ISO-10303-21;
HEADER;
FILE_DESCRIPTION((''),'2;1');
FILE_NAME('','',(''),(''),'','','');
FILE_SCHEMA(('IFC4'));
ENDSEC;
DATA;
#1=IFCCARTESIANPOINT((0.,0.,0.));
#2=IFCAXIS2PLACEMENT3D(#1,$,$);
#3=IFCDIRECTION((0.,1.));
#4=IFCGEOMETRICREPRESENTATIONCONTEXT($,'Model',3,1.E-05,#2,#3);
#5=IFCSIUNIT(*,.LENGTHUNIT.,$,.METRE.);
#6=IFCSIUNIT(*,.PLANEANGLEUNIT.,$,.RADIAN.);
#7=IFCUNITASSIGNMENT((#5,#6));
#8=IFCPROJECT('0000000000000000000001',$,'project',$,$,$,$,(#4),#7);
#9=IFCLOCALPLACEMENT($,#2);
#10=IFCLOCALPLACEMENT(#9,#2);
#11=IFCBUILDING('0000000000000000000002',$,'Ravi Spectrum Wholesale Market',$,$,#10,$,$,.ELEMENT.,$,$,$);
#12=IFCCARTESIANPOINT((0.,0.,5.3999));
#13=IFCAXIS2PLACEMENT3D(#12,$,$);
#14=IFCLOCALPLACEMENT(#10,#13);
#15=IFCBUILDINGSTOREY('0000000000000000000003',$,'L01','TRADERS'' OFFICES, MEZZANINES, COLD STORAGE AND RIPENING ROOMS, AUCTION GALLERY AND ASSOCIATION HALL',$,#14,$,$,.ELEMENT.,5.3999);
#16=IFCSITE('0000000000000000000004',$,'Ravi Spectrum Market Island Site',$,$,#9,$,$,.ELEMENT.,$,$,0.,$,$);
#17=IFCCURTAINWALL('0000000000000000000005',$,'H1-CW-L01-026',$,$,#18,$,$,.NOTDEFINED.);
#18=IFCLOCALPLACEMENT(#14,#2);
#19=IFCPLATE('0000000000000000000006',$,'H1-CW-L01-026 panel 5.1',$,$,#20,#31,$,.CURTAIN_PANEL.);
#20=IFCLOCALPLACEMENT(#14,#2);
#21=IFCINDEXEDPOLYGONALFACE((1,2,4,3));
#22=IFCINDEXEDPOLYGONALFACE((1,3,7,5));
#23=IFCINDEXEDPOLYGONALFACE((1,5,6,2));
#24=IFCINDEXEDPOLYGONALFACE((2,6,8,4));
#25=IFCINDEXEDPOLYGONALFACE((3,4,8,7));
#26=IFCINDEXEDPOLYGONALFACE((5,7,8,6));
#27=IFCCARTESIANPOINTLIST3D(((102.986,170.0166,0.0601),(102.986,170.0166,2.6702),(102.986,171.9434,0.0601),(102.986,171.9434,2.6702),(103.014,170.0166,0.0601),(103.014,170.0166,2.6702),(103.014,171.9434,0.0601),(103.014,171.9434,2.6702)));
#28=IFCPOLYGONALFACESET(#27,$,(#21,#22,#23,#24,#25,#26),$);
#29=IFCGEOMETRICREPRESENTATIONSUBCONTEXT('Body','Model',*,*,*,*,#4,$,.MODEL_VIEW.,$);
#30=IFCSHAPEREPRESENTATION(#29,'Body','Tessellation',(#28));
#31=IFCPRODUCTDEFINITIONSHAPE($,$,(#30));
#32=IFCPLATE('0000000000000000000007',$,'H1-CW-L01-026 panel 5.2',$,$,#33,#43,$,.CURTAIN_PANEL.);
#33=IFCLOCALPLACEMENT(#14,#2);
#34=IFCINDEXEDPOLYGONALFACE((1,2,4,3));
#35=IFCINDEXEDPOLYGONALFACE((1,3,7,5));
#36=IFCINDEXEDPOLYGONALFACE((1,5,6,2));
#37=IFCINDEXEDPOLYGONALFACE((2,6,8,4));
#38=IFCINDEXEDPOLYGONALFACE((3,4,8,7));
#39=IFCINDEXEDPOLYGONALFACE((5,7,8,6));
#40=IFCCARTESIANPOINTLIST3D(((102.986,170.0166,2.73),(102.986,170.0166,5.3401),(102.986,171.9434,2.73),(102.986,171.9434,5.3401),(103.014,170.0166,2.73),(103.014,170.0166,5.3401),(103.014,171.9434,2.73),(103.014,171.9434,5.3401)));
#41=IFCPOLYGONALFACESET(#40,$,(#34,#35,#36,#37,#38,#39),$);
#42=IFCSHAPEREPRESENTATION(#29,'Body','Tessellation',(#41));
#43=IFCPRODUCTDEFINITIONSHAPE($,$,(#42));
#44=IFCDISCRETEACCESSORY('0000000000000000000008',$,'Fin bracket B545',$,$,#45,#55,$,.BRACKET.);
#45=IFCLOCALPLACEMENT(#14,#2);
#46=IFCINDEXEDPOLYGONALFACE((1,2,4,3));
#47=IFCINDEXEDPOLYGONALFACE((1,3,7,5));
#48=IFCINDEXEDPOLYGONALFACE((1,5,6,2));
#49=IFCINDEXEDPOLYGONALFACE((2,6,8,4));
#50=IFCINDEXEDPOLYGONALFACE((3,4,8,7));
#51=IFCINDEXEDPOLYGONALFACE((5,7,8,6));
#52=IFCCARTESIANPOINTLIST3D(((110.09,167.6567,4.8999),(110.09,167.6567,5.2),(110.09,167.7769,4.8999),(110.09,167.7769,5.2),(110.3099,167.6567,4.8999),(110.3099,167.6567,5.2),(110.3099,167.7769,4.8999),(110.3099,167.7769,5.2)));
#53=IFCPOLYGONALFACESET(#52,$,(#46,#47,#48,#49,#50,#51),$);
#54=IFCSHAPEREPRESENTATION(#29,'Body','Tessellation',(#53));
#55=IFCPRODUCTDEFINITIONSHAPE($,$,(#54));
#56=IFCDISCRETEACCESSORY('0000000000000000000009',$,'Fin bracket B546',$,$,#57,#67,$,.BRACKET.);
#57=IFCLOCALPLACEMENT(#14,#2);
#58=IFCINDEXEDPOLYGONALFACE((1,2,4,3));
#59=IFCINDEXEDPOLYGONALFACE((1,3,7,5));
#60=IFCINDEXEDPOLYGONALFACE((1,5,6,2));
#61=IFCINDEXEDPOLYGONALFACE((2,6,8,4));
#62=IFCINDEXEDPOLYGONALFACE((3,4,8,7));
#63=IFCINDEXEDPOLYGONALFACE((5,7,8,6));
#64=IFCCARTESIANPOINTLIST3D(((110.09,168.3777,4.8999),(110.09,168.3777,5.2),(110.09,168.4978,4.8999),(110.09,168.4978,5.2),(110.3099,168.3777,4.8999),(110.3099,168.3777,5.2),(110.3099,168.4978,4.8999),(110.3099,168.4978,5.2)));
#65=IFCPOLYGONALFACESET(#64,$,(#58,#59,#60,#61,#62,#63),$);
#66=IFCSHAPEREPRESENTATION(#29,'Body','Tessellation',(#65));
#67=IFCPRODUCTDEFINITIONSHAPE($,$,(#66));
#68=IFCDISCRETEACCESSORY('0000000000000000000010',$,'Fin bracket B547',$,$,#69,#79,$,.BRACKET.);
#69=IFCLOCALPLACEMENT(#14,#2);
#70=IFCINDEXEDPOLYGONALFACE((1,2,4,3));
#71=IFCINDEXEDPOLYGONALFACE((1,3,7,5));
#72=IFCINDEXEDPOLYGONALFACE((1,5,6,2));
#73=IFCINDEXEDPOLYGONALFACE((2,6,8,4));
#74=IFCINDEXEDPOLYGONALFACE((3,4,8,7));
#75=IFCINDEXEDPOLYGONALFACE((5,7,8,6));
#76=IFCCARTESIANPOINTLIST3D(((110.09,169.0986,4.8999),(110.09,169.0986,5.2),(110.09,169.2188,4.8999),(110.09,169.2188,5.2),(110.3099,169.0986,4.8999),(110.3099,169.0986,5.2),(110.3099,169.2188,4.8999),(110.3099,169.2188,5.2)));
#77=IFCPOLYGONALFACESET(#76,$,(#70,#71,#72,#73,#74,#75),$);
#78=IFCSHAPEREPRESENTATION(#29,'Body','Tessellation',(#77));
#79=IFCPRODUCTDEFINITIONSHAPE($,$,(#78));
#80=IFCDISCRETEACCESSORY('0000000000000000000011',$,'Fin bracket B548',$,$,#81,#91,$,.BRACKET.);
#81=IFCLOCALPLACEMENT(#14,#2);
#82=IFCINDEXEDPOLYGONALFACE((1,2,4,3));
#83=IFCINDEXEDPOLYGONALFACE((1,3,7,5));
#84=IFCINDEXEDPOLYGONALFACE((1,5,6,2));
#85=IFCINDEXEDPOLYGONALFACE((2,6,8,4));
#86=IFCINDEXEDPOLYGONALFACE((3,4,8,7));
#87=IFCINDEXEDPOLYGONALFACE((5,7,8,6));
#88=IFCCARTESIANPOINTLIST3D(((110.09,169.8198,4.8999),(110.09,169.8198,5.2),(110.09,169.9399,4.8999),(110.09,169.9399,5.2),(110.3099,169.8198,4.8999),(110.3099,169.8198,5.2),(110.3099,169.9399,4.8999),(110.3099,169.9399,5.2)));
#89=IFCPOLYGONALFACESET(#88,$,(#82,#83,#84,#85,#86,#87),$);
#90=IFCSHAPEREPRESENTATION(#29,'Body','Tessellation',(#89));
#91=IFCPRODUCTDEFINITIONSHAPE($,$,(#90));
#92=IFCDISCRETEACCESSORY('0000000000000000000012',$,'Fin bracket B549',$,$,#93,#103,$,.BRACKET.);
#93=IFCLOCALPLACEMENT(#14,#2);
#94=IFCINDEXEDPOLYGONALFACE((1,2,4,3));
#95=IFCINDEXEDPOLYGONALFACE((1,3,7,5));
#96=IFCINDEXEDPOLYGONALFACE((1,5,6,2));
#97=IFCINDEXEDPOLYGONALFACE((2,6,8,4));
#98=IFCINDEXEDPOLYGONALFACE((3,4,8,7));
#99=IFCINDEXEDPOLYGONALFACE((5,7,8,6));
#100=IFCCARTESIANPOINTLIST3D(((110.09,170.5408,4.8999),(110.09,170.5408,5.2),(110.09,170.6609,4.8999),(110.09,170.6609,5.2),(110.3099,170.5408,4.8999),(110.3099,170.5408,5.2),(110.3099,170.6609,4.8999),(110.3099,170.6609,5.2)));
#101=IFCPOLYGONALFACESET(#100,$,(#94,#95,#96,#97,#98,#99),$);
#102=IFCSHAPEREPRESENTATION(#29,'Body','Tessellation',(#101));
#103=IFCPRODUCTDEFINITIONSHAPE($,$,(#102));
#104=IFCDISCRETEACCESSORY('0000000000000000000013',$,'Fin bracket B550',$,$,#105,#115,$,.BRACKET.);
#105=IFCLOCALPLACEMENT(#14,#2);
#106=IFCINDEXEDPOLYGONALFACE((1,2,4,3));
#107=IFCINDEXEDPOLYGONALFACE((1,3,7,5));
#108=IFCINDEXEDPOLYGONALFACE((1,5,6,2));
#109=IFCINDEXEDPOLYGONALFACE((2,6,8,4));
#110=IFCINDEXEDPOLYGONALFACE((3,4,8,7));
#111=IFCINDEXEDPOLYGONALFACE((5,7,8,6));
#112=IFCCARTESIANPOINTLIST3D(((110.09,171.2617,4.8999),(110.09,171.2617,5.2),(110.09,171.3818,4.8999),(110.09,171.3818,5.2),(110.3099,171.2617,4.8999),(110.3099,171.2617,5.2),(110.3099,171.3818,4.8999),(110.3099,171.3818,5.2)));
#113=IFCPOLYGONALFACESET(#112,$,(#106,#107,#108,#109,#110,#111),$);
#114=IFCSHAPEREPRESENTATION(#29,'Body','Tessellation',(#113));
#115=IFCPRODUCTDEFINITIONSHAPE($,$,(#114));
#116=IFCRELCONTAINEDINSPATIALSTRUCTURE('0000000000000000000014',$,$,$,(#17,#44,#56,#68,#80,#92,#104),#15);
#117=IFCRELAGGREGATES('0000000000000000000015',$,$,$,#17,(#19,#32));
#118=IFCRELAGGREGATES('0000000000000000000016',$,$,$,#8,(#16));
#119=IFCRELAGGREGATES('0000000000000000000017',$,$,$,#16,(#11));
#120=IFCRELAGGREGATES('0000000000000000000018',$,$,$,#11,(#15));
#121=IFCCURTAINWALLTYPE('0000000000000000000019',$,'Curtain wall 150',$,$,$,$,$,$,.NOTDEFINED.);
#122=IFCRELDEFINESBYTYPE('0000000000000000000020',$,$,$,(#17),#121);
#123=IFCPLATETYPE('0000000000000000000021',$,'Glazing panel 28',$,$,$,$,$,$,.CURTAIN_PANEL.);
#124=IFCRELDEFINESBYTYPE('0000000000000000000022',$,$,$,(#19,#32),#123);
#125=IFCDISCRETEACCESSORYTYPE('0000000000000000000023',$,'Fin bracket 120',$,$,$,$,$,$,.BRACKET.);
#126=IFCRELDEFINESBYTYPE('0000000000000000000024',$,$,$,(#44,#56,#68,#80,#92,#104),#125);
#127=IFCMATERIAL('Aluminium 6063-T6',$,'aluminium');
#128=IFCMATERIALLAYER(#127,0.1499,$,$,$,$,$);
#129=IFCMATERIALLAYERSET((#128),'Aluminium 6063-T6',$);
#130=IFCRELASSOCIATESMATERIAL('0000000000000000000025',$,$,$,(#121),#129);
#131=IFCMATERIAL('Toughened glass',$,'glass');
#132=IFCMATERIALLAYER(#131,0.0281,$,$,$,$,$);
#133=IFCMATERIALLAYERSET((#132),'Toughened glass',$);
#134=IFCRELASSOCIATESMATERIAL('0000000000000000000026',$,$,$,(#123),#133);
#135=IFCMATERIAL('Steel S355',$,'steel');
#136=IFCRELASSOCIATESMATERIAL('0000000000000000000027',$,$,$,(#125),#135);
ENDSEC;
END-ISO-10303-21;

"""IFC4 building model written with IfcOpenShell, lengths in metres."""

from ifc_helpers import new_model, si_unit, direction, frame, origin, origin_2d, place, context, subcontext, project, spatial, rectangle, extrude, material, layer, layer_set, type_object, element, aggregate, save


model = new_model("IFC4")

# Units and contexts
model_context = context("Model", 3, precision=1e-05, world=origin(), true_north=direction((0.0, 1.0)))
body_context = subcontext(model_context, "Body", "Model", "MODEL_VIEW")
ifc_project = project(units=[si_unit("LENGTHUNIT", "METRE"), si_unit("PLANEANGLEUNIT", "RADIAN")], contexts=[model_context])

# Site, building, storey
site_placement = place(None, origin())
site = spatial("IfcSite", under=ifc_project, at=site_placement, Name="Ravi Spectrum Market Island Site", CompositionType="ELEMENT", RefElevation=0.0)
building_placement = place(site_placement, origin())
building = spatial("IfcBuilding", under=site, at=building_placement, Name="Ravi Spectrum Wholesale Market", CompositionType="ELEMENT")
storey_placement = place(building_placement, frame((0.0, 0.0, 5.3999)))
storey = spatial("IfcBuildingStorey", under=building, at=storey_placement, Name="L01", Description="TRADERS' OFFICES, MEZZANINES, COLD STORAGE AND RIPENING ROOMS, AUCTION GALLERY AND ASSOCIATION HALL", CompositionType="ELEMENT", Elevation=5.3999)

# Curtain wall, plates
ifc_material_1 = material(Name="Aluminium 6063-T6", Category="aluminium")
ifc_layer_1 = layer(ifc_material_1, 0.1499)
ifc_layer_set_1 = layer_set([ifc_layer_1], Name="Aluminium 6063-T6")
curtain_wall_type = type_object("IfcCurtainWallType", Name="Curtain wall 150", PredefinedType="NOTDEFINED", material=ifc_layer_set_1)
curtain_wall_placement = place(storey_placement, origin())
curtain_wall = element("IfcCurtainWall", 1, at=curtain_wall_placement, inside=storey, type_object=curtain_wall_type, Name="H1-CW-L01-026", PredefinedType="NOTDEFINED")
ifc_material_2 = material(Name="Toughened glass", Category="glass")
ifc_layer_2 = layer(ifc_material_2, 0.0281)
ifc_layer_set_2 = layer_set([ifc_layer_2], Name="Toughened glass")
plate_type = type_object("IfcPlateType", Name="Glazing panel 28", PredefinedType="CURTAIN_PANEL", material=ifc_layer_set_2)
plate_1_placement = place(storey_placement, frame((103.0, 170.98, 0.0601), z_axis=(0.0, 0.0, 1.0), x_axis=(0.0, 1.0, 0.0)))
plate_1 = element("IfcPlate", 2, at=plate_1_placement, type_object=plate_type, Name="H1-CW-L01-026 panel 5.1", PredefinedType="CURTAIN_PANEL", context=body_context, shape_type="SweptSolid", body=[
    extrude(rectangle(XDim=1.9268, YDim=0.0281, at=origin_2d()), origin(), (0.0, 0.0, 1.0), 2.6101),
])
plate_2_placement = place(storey_placement, frame((103.0, 170.98, 2.73), z_axis=(0.0, 0.0, 1.0), x_axis=(0.0, 1.0, 0.0)))
plate_2 = element("IfcPlate", 3, at=plate_2_placement, type_object=plate_type, Name="H1-CW-L01-026 panel 5.2", PredefinedType="CURTAIN_PANEL", context=body_context, shape_type="SweptSolid", body=[
    extrude(rectangle(XDim=1.9268, YDim=0.0281, at=origin_2d()), origin(), (0.0, 0.0, 1.0), 2.6101),
])
aggregate(curtain_wall, [plate_1, plate_2])

# Discrete accessories
ifc_material_3 = material(Name="Steel S355", Category="steel")
discrete_accessory_type = type_object("IfcDiscreteAccessoryType", Name="Fin bracket 120", PredefinedType="BRACKET", material=ifc_material_3)
for number, where, z_axis, x_axis, name in (
    (4, (110.2, 167.7168, 4.8999), (0.0, 0.0, 1.0), (0.0, 1.0, 0.0), "Fin bracket B545"),
    (5, (110.2, 168.4377, 4.8999), (0.0, 0.0, 1.0), (0.0, 1.0, 0.0), "Fin bracket B546"),
    (6, (110.2, 169.1587, 4.8999), (0.0, 0.0, 1.0), (0.0, 1.0, 0.0), "Fin bracket B547"),
    (7, (110.2, 169.8799, 4.8999), (0.0, 0.0, 1.0), (0.0, 1.0, 0.0), "Fin bracket B548"),
    (8, (110.2, 170.6008, 4.8999), (0.0, 0.0, 1.0), (0.0, 1.0, 0.0), "Fin bracket B549"),
    (9, (110.2, 171.3218, 4.8999), (0.0, 0.0, 1.0), (0.0, 1.0, 0.0), "Fin bracket B550"),
):
    element("IfcDiscreteAccessory", number, at=place(storey_placement, frame(where, z_axis=z_axis, x_axis=x_axis)), inside=storey, type_object=discrete_accessory_type, Name=name, PredefinedType="BRACKET", context=body_context, shape_type="SweptSolid", body=[
        extrude(rectangle(XDim=0.1201, YDim=0.22, at=origin_2d()), origin(), (0.0, 0.0, 1.0), 0.3),
    ])

save(model, "model.ifc")
